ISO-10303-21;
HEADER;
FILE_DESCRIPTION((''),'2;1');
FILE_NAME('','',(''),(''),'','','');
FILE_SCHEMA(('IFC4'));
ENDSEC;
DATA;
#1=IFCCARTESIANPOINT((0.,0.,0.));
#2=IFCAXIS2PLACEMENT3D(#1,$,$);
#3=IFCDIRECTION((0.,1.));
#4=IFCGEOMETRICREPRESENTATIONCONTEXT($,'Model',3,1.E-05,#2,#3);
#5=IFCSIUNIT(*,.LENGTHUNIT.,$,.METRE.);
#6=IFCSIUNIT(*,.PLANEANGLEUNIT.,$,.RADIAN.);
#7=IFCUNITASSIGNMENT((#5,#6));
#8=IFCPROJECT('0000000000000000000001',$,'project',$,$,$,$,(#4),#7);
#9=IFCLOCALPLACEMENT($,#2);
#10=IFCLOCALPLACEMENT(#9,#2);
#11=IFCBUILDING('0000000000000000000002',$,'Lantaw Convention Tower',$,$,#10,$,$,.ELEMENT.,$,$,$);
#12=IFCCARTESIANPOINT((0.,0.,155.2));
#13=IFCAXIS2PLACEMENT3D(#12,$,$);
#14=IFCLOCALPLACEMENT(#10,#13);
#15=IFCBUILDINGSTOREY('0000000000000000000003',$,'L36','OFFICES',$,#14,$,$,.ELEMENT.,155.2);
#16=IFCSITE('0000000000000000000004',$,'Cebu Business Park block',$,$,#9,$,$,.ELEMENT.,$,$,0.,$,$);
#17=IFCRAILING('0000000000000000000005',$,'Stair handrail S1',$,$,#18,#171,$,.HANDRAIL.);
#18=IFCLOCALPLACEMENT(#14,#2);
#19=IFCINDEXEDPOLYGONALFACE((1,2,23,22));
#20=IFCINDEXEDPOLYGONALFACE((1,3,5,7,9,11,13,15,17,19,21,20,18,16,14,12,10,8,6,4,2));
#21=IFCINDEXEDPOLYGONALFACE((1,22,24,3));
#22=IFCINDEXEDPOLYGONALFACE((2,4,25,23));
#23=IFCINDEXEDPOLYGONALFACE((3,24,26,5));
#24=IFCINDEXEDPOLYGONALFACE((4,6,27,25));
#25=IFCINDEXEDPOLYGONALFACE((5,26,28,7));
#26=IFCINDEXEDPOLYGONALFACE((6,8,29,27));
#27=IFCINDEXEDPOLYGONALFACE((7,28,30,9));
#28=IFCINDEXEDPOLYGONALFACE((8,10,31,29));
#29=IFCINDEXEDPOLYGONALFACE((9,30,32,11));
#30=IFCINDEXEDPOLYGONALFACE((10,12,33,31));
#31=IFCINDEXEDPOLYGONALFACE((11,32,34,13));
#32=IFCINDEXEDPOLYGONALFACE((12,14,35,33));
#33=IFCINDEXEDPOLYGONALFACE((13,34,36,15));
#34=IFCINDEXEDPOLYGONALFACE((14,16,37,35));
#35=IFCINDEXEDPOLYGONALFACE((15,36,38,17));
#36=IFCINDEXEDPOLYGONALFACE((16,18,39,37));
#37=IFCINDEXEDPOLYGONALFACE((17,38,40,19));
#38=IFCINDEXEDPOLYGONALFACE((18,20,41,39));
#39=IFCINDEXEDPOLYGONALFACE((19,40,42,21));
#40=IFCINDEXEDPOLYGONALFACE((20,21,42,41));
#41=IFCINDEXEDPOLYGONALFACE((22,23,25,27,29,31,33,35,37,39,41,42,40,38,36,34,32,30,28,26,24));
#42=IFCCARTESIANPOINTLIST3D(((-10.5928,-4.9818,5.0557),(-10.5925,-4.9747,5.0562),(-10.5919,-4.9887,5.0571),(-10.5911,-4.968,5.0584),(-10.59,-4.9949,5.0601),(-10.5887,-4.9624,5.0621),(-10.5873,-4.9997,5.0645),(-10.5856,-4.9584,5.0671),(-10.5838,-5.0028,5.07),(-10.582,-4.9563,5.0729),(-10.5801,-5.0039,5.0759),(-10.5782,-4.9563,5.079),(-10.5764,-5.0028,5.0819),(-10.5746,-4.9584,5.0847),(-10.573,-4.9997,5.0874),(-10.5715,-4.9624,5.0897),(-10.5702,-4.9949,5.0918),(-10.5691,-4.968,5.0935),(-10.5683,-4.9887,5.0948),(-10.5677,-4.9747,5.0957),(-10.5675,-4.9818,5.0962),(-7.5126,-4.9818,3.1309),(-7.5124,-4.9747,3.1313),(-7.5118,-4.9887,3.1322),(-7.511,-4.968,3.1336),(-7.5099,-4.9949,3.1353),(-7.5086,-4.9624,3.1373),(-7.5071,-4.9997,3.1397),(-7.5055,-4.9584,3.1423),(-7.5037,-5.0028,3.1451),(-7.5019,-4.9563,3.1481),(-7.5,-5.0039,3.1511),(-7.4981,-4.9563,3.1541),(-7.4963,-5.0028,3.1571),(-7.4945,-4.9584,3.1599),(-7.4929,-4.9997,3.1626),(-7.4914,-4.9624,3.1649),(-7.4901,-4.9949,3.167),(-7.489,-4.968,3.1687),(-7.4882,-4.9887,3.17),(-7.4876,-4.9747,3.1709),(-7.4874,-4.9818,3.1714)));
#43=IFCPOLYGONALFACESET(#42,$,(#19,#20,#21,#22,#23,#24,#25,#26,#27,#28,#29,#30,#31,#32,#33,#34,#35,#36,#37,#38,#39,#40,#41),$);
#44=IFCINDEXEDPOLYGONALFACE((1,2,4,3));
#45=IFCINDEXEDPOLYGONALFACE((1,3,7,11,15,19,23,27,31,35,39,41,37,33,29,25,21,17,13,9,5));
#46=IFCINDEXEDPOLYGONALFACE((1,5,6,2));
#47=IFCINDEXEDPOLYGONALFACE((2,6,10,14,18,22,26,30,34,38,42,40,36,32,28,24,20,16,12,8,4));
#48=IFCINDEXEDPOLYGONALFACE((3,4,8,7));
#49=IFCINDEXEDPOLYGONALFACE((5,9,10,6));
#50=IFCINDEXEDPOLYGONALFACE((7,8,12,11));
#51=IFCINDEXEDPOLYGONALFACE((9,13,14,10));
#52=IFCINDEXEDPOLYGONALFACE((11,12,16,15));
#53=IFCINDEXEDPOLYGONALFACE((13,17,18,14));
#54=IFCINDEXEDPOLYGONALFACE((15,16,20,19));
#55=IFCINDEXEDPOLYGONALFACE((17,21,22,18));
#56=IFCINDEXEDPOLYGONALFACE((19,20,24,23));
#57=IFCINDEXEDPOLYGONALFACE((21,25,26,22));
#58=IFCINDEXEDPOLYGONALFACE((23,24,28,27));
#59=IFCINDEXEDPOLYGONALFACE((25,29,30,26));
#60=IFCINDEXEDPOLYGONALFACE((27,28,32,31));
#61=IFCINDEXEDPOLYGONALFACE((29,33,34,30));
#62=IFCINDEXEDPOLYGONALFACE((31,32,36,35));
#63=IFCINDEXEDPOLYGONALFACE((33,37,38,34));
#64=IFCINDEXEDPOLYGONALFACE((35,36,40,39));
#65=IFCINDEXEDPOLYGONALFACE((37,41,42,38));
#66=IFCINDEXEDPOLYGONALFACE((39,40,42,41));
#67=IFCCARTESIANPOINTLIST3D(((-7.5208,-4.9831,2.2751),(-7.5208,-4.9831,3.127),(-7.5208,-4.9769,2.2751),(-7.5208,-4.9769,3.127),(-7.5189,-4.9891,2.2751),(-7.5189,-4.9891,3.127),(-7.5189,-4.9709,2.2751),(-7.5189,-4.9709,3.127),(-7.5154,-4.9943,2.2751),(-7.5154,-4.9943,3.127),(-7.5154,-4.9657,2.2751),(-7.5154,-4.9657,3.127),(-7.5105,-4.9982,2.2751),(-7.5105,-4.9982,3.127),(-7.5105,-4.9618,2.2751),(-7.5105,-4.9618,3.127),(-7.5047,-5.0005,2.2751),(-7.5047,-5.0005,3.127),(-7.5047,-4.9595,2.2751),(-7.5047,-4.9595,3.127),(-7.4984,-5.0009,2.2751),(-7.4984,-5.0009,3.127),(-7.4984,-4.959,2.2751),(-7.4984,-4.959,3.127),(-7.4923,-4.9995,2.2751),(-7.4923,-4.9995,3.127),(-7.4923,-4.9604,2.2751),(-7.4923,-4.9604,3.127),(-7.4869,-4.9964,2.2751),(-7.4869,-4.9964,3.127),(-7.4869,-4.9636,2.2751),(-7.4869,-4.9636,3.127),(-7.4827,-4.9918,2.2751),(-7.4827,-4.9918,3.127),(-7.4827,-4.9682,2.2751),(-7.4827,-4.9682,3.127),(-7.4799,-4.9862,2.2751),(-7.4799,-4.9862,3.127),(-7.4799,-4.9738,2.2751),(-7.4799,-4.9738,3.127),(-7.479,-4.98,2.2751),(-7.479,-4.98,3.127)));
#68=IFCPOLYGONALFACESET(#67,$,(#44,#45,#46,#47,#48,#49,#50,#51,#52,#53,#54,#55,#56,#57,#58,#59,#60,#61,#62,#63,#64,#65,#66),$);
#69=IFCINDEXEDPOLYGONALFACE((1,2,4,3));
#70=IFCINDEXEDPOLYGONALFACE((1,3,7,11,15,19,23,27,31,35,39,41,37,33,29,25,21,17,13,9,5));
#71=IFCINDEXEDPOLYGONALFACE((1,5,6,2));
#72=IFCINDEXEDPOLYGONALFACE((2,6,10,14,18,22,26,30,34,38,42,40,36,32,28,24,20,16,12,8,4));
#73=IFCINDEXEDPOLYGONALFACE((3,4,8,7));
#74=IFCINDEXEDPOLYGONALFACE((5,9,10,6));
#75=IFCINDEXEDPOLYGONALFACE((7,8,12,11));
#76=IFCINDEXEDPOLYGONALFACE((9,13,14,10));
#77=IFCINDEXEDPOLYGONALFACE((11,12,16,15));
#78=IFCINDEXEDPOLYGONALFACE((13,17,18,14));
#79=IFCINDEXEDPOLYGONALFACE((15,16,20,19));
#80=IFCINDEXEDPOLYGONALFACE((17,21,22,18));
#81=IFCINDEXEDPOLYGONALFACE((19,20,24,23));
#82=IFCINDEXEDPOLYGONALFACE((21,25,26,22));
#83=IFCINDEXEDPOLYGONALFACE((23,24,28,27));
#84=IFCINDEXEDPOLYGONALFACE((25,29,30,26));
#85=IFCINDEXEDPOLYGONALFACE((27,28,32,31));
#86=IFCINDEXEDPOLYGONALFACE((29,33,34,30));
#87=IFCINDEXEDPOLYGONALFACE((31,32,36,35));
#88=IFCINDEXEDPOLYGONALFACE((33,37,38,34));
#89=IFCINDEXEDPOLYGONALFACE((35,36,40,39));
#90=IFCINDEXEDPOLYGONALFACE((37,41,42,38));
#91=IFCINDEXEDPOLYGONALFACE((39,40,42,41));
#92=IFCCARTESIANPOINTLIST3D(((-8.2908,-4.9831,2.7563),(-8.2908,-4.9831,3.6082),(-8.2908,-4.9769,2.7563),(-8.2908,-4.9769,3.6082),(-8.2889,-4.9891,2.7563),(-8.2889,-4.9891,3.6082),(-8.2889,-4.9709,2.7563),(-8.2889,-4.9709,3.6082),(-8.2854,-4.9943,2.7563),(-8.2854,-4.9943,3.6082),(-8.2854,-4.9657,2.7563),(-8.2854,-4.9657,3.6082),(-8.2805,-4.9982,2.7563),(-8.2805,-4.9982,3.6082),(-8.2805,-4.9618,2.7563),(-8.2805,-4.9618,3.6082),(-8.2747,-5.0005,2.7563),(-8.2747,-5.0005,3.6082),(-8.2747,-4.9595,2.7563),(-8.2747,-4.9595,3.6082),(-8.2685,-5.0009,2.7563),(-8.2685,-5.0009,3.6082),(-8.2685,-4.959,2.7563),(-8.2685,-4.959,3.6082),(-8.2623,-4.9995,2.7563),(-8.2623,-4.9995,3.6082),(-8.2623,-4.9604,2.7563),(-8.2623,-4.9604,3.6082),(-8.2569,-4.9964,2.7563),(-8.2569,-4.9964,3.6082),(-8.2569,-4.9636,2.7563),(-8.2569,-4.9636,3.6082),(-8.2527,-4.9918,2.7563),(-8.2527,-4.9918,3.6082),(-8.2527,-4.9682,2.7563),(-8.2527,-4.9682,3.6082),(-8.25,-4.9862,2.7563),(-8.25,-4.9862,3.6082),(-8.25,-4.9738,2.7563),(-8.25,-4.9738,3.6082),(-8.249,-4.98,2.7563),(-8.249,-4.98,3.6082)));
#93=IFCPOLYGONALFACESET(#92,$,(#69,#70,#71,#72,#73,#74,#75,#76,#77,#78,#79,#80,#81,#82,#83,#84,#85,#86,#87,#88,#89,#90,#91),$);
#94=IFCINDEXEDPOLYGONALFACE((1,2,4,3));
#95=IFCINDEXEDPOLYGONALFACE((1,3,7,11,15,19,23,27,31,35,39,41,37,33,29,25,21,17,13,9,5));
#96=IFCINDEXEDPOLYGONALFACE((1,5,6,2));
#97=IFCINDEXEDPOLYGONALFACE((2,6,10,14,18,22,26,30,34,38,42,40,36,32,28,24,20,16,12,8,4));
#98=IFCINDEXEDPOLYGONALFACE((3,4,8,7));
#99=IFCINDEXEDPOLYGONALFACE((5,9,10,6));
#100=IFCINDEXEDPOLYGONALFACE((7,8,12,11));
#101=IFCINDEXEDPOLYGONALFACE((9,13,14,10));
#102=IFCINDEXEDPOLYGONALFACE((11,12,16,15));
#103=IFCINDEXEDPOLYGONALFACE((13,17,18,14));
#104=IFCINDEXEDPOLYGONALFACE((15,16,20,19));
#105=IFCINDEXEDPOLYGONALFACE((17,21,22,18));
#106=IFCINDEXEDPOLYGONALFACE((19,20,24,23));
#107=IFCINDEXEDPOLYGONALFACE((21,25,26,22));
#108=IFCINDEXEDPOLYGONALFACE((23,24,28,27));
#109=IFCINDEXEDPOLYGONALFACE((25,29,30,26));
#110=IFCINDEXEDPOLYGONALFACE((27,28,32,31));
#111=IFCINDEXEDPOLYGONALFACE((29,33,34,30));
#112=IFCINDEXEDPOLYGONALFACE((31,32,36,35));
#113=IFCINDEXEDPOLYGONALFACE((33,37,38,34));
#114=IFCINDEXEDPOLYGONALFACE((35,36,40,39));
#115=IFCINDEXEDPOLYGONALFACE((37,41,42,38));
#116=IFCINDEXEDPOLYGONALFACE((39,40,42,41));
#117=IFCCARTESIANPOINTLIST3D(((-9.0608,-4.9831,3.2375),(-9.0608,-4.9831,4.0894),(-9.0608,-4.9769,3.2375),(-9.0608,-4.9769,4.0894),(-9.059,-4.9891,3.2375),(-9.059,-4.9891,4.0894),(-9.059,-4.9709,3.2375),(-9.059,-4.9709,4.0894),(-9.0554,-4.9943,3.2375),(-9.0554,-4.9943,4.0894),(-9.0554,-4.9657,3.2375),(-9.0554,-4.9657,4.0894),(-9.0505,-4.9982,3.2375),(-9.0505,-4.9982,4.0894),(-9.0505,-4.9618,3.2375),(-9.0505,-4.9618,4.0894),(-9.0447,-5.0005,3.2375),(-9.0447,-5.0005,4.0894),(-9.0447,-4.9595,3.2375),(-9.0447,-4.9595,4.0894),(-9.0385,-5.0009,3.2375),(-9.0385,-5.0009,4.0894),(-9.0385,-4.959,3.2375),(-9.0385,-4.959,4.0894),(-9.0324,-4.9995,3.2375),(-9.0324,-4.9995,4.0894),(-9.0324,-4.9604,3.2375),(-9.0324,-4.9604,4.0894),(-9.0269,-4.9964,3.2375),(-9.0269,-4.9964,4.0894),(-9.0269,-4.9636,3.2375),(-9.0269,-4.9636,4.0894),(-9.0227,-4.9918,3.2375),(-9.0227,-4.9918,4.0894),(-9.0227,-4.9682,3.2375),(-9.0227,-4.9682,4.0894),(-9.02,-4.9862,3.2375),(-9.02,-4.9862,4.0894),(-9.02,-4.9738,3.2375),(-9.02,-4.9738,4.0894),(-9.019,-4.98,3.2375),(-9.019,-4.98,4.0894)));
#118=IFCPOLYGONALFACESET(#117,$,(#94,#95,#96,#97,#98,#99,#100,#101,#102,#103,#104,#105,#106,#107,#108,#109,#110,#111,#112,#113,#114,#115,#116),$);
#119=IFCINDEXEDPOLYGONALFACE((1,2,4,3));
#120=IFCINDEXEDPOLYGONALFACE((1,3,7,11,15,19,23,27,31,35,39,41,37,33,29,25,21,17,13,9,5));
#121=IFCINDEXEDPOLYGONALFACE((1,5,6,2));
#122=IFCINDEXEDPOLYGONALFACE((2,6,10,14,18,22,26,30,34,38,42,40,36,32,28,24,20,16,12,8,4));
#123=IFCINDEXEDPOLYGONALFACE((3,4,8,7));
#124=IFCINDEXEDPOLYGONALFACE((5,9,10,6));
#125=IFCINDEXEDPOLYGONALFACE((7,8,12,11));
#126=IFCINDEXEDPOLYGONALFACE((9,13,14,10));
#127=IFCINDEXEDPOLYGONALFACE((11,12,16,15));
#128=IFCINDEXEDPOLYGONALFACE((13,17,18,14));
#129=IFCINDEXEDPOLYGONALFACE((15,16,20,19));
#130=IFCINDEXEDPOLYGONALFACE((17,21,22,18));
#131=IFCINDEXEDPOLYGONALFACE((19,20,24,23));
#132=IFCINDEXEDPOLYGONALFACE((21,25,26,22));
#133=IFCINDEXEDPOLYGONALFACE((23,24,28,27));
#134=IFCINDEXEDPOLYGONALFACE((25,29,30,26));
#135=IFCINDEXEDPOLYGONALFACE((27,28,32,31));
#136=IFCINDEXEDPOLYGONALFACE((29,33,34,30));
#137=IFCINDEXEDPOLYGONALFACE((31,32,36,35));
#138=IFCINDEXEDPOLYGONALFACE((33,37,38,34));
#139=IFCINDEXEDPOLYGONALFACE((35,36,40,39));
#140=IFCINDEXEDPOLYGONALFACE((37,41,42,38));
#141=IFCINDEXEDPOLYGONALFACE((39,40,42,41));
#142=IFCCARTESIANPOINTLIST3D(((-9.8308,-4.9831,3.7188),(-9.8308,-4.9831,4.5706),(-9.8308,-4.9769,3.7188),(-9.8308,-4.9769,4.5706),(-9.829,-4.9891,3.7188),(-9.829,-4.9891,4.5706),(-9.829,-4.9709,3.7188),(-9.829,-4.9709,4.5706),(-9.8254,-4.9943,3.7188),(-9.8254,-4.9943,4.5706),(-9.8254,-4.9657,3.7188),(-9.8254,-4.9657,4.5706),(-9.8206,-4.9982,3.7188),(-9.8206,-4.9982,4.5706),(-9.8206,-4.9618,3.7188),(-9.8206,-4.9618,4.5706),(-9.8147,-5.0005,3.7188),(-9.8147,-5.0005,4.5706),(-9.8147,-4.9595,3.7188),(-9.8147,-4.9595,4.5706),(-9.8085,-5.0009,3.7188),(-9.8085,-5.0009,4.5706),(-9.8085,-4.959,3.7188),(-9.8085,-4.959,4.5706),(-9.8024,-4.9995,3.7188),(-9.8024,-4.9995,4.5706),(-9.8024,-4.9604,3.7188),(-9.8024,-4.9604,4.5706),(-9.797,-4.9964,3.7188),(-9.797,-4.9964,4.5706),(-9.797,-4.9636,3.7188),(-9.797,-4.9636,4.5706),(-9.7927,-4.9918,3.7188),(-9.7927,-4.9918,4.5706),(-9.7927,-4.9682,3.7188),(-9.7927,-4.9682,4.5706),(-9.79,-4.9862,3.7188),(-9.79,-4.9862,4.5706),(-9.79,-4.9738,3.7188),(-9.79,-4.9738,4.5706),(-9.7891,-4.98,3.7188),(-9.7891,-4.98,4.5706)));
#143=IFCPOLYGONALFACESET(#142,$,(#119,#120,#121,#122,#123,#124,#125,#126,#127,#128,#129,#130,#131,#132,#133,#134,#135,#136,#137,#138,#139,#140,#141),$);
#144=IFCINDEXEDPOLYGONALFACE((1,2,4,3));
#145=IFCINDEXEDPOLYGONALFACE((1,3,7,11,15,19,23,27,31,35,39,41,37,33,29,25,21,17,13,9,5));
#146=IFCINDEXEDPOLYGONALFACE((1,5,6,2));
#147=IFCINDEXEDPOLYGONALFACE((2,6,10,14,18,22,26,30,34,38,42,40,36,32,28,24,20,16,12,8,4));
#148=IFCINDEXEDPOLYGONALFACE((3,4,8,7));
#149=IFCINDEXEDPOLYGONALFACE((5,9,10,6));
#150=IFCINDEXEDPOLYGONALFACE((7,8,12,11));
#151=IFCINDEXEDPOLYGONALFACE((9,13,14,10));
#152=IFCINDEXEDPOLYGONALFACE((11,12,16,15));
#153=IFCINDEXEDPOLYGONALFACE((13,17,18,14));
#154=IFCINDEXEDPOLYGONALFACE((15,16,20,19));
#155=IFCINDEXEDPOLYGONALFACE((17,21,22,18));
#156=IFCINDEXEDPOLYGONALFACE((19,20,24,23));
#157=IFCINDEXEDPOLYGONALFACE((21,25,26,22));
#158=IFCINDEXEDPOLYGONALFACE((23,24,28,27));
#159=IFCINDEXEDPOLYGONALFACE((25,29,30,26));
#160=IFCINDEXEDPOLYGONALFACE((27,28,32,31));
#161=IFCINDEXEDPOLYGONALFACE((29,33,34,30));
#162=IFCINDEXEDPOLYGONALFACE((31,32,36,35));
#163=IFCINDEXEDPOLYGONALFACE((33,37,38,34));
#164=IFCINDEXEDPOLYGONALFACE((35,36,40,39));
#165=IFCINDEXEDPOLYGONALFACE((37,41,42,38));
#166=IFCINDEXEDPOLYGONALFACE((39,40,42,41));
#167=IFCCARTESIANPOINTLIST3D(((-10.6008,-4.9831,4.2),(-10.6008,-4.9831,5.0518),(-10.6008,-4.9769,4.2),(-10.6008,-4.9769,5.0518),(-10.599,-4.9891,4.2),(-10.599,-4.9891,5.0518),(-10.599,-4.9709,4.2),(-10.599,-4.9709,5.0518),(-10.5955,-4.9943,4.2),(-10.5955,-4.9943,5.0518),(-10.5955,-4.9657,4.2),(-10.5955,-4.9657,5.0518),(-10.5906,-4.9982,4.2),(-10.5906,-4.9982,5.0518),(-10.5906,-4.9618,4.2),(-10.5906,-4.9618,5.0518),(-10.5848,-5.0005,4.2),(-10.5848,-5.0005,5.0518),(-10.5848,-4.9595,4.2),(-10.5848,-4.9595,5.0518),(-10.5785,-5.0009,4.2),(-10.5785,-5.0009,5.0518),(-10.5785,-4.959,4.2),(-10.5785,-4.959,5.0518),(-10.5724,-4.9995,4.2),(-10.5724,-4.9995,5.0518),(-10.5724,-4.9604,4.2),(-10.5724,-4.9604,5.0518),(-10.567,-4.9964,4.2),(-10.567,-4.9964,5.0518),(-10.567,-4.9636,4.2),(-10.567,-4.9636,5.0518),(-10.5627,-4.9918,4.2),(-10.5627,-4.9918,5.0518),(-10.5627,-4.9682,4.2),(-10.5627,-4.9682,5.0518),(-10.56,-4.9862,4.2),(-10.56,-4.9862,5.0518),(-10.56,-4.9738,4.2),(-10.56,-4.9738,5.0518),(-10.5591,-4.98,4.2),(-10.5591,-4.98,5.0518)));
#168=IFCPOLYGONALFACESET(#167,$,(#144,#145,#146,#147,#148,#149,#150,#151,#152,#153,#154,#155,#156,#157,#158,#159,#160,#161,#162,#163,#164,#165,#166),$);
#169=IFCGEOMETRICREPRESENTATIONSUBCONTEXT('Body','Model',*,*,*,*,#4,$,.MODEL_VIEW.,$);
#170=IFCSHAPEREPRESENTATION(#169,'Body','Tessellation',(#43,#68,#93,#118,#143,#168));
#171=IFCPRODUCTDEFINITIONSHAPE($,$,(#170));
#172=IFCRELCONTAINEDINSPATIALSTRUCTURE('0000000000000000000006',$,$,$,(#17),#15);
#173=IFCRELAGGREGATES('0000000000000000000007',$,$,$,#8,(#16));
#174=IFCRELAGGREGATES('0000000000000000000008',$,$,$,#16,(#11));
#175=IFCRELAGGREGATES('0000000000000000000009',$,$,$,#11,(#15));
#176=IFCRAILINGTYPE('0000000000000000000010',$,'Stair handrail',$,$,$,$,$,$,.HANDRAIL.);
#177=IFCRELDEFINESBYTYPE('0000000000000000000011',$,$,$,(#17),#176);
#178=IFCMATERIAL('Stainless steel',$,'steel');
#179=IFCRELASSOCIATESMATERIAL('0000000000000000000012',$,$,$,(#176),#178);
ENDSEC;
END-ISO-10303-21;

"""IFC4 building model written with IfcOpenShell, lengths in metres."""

from ifc_helpers import new_model, si_unit, direction, frame, origin, origin_2d, place, context, subcontext, project, spatial, circle, extrude, material, type_object, element, save


model = new_model("IFC4")

# Units and contexts
model_context = context("Model", 3, precision=1e-05, world=origin(), true_north=direction((0.0, 1.0)))
body_context = subcontext(model_context, "Body", "Model", "MODEL_VIEW")
ifc_project = project(units=[si_unit("LENGTHUNIT", "METRE"), si_unit("PLANEANGLEUNIT", "RADIAN")], contexts=[model_context])

# Site, building, storey
site_placement = place(None, origin())
site = spatial("IfcSite", under=ifc_project, at=site_placement, Name="Cebu Business Park block", CompositionType="ELEMENT", RefElevation=0.0)
building_placement = place(site_placement, origin())
building = spatial("IfcBuilding", under=site, at=building_placement, Name="Lantaw Convention Tower", CompositionType="ELEMENT")
storey_placement = place(building_placement, frame((0.0, 0.0, 155.2)))
storey = spatial("IfcBuildingStorey", under=building, at=storey_placement, Name="L36", Description="OFFICES", CompositionType="ELEMENT", Elevation=155.2)

# Railing
ifc_material_1 = material(Name="Stainless steel", Category="steel")
railing_type = type_object("IfcRailingType", Name="Stair handrail", PredefinedType="HANDRAIL", material=ifc_material_1)
railing_1_placement = place(storey_placement, frame((-7.5, -4.98, 2.2751)))
element("IfcRailing", 1, at=railing_1_placement, inside=storey, type_object=railing_type, Name="Stair handrail S1", PredefinedType="HANDRAIL", context=body_context, shape_type="SweptSolid", body=[
    extrude(circle(Radius=0.0239, at=origin_2d()), frame((0.0, 0.0, 0.876), z_axis=(-0.848029, 0.0, 0.529951), x_axis=(0.0, -1.0, 0.0)), (0.0, 0.0, 1.0), 3.6321),
    extrude(circle(Radius=0.021, at=origin_2d()), origin(), (0.0, 0.0, 1.0), 0.8518),
    extrude(circle(Radius=0.021, at=origin_2d()), frame((-0.77, 0.0, 0.4812)), (0.0, 0.0, 1.0), 0.8518),
    extrude(circle(Radius=0.021, at=origin_2d()), frame((-1.54, 0.0, 0.9624)), (0.0, 0.0, 1.0), 0.8518),
    extrude(circle(Radius=0.021, at=origin_2d()), frame((-2.3101, 0.0, 1.4436)), (0.0, 0.0, 1.0), 0.8518),
    extrude(circle(Radius=0.021, at=origin_2d()), frame((-3.0801, 0.0, 1.9248)), (0.0, 0.0, 1.0), 0.8518),
])

save(model, "model.ifc")
